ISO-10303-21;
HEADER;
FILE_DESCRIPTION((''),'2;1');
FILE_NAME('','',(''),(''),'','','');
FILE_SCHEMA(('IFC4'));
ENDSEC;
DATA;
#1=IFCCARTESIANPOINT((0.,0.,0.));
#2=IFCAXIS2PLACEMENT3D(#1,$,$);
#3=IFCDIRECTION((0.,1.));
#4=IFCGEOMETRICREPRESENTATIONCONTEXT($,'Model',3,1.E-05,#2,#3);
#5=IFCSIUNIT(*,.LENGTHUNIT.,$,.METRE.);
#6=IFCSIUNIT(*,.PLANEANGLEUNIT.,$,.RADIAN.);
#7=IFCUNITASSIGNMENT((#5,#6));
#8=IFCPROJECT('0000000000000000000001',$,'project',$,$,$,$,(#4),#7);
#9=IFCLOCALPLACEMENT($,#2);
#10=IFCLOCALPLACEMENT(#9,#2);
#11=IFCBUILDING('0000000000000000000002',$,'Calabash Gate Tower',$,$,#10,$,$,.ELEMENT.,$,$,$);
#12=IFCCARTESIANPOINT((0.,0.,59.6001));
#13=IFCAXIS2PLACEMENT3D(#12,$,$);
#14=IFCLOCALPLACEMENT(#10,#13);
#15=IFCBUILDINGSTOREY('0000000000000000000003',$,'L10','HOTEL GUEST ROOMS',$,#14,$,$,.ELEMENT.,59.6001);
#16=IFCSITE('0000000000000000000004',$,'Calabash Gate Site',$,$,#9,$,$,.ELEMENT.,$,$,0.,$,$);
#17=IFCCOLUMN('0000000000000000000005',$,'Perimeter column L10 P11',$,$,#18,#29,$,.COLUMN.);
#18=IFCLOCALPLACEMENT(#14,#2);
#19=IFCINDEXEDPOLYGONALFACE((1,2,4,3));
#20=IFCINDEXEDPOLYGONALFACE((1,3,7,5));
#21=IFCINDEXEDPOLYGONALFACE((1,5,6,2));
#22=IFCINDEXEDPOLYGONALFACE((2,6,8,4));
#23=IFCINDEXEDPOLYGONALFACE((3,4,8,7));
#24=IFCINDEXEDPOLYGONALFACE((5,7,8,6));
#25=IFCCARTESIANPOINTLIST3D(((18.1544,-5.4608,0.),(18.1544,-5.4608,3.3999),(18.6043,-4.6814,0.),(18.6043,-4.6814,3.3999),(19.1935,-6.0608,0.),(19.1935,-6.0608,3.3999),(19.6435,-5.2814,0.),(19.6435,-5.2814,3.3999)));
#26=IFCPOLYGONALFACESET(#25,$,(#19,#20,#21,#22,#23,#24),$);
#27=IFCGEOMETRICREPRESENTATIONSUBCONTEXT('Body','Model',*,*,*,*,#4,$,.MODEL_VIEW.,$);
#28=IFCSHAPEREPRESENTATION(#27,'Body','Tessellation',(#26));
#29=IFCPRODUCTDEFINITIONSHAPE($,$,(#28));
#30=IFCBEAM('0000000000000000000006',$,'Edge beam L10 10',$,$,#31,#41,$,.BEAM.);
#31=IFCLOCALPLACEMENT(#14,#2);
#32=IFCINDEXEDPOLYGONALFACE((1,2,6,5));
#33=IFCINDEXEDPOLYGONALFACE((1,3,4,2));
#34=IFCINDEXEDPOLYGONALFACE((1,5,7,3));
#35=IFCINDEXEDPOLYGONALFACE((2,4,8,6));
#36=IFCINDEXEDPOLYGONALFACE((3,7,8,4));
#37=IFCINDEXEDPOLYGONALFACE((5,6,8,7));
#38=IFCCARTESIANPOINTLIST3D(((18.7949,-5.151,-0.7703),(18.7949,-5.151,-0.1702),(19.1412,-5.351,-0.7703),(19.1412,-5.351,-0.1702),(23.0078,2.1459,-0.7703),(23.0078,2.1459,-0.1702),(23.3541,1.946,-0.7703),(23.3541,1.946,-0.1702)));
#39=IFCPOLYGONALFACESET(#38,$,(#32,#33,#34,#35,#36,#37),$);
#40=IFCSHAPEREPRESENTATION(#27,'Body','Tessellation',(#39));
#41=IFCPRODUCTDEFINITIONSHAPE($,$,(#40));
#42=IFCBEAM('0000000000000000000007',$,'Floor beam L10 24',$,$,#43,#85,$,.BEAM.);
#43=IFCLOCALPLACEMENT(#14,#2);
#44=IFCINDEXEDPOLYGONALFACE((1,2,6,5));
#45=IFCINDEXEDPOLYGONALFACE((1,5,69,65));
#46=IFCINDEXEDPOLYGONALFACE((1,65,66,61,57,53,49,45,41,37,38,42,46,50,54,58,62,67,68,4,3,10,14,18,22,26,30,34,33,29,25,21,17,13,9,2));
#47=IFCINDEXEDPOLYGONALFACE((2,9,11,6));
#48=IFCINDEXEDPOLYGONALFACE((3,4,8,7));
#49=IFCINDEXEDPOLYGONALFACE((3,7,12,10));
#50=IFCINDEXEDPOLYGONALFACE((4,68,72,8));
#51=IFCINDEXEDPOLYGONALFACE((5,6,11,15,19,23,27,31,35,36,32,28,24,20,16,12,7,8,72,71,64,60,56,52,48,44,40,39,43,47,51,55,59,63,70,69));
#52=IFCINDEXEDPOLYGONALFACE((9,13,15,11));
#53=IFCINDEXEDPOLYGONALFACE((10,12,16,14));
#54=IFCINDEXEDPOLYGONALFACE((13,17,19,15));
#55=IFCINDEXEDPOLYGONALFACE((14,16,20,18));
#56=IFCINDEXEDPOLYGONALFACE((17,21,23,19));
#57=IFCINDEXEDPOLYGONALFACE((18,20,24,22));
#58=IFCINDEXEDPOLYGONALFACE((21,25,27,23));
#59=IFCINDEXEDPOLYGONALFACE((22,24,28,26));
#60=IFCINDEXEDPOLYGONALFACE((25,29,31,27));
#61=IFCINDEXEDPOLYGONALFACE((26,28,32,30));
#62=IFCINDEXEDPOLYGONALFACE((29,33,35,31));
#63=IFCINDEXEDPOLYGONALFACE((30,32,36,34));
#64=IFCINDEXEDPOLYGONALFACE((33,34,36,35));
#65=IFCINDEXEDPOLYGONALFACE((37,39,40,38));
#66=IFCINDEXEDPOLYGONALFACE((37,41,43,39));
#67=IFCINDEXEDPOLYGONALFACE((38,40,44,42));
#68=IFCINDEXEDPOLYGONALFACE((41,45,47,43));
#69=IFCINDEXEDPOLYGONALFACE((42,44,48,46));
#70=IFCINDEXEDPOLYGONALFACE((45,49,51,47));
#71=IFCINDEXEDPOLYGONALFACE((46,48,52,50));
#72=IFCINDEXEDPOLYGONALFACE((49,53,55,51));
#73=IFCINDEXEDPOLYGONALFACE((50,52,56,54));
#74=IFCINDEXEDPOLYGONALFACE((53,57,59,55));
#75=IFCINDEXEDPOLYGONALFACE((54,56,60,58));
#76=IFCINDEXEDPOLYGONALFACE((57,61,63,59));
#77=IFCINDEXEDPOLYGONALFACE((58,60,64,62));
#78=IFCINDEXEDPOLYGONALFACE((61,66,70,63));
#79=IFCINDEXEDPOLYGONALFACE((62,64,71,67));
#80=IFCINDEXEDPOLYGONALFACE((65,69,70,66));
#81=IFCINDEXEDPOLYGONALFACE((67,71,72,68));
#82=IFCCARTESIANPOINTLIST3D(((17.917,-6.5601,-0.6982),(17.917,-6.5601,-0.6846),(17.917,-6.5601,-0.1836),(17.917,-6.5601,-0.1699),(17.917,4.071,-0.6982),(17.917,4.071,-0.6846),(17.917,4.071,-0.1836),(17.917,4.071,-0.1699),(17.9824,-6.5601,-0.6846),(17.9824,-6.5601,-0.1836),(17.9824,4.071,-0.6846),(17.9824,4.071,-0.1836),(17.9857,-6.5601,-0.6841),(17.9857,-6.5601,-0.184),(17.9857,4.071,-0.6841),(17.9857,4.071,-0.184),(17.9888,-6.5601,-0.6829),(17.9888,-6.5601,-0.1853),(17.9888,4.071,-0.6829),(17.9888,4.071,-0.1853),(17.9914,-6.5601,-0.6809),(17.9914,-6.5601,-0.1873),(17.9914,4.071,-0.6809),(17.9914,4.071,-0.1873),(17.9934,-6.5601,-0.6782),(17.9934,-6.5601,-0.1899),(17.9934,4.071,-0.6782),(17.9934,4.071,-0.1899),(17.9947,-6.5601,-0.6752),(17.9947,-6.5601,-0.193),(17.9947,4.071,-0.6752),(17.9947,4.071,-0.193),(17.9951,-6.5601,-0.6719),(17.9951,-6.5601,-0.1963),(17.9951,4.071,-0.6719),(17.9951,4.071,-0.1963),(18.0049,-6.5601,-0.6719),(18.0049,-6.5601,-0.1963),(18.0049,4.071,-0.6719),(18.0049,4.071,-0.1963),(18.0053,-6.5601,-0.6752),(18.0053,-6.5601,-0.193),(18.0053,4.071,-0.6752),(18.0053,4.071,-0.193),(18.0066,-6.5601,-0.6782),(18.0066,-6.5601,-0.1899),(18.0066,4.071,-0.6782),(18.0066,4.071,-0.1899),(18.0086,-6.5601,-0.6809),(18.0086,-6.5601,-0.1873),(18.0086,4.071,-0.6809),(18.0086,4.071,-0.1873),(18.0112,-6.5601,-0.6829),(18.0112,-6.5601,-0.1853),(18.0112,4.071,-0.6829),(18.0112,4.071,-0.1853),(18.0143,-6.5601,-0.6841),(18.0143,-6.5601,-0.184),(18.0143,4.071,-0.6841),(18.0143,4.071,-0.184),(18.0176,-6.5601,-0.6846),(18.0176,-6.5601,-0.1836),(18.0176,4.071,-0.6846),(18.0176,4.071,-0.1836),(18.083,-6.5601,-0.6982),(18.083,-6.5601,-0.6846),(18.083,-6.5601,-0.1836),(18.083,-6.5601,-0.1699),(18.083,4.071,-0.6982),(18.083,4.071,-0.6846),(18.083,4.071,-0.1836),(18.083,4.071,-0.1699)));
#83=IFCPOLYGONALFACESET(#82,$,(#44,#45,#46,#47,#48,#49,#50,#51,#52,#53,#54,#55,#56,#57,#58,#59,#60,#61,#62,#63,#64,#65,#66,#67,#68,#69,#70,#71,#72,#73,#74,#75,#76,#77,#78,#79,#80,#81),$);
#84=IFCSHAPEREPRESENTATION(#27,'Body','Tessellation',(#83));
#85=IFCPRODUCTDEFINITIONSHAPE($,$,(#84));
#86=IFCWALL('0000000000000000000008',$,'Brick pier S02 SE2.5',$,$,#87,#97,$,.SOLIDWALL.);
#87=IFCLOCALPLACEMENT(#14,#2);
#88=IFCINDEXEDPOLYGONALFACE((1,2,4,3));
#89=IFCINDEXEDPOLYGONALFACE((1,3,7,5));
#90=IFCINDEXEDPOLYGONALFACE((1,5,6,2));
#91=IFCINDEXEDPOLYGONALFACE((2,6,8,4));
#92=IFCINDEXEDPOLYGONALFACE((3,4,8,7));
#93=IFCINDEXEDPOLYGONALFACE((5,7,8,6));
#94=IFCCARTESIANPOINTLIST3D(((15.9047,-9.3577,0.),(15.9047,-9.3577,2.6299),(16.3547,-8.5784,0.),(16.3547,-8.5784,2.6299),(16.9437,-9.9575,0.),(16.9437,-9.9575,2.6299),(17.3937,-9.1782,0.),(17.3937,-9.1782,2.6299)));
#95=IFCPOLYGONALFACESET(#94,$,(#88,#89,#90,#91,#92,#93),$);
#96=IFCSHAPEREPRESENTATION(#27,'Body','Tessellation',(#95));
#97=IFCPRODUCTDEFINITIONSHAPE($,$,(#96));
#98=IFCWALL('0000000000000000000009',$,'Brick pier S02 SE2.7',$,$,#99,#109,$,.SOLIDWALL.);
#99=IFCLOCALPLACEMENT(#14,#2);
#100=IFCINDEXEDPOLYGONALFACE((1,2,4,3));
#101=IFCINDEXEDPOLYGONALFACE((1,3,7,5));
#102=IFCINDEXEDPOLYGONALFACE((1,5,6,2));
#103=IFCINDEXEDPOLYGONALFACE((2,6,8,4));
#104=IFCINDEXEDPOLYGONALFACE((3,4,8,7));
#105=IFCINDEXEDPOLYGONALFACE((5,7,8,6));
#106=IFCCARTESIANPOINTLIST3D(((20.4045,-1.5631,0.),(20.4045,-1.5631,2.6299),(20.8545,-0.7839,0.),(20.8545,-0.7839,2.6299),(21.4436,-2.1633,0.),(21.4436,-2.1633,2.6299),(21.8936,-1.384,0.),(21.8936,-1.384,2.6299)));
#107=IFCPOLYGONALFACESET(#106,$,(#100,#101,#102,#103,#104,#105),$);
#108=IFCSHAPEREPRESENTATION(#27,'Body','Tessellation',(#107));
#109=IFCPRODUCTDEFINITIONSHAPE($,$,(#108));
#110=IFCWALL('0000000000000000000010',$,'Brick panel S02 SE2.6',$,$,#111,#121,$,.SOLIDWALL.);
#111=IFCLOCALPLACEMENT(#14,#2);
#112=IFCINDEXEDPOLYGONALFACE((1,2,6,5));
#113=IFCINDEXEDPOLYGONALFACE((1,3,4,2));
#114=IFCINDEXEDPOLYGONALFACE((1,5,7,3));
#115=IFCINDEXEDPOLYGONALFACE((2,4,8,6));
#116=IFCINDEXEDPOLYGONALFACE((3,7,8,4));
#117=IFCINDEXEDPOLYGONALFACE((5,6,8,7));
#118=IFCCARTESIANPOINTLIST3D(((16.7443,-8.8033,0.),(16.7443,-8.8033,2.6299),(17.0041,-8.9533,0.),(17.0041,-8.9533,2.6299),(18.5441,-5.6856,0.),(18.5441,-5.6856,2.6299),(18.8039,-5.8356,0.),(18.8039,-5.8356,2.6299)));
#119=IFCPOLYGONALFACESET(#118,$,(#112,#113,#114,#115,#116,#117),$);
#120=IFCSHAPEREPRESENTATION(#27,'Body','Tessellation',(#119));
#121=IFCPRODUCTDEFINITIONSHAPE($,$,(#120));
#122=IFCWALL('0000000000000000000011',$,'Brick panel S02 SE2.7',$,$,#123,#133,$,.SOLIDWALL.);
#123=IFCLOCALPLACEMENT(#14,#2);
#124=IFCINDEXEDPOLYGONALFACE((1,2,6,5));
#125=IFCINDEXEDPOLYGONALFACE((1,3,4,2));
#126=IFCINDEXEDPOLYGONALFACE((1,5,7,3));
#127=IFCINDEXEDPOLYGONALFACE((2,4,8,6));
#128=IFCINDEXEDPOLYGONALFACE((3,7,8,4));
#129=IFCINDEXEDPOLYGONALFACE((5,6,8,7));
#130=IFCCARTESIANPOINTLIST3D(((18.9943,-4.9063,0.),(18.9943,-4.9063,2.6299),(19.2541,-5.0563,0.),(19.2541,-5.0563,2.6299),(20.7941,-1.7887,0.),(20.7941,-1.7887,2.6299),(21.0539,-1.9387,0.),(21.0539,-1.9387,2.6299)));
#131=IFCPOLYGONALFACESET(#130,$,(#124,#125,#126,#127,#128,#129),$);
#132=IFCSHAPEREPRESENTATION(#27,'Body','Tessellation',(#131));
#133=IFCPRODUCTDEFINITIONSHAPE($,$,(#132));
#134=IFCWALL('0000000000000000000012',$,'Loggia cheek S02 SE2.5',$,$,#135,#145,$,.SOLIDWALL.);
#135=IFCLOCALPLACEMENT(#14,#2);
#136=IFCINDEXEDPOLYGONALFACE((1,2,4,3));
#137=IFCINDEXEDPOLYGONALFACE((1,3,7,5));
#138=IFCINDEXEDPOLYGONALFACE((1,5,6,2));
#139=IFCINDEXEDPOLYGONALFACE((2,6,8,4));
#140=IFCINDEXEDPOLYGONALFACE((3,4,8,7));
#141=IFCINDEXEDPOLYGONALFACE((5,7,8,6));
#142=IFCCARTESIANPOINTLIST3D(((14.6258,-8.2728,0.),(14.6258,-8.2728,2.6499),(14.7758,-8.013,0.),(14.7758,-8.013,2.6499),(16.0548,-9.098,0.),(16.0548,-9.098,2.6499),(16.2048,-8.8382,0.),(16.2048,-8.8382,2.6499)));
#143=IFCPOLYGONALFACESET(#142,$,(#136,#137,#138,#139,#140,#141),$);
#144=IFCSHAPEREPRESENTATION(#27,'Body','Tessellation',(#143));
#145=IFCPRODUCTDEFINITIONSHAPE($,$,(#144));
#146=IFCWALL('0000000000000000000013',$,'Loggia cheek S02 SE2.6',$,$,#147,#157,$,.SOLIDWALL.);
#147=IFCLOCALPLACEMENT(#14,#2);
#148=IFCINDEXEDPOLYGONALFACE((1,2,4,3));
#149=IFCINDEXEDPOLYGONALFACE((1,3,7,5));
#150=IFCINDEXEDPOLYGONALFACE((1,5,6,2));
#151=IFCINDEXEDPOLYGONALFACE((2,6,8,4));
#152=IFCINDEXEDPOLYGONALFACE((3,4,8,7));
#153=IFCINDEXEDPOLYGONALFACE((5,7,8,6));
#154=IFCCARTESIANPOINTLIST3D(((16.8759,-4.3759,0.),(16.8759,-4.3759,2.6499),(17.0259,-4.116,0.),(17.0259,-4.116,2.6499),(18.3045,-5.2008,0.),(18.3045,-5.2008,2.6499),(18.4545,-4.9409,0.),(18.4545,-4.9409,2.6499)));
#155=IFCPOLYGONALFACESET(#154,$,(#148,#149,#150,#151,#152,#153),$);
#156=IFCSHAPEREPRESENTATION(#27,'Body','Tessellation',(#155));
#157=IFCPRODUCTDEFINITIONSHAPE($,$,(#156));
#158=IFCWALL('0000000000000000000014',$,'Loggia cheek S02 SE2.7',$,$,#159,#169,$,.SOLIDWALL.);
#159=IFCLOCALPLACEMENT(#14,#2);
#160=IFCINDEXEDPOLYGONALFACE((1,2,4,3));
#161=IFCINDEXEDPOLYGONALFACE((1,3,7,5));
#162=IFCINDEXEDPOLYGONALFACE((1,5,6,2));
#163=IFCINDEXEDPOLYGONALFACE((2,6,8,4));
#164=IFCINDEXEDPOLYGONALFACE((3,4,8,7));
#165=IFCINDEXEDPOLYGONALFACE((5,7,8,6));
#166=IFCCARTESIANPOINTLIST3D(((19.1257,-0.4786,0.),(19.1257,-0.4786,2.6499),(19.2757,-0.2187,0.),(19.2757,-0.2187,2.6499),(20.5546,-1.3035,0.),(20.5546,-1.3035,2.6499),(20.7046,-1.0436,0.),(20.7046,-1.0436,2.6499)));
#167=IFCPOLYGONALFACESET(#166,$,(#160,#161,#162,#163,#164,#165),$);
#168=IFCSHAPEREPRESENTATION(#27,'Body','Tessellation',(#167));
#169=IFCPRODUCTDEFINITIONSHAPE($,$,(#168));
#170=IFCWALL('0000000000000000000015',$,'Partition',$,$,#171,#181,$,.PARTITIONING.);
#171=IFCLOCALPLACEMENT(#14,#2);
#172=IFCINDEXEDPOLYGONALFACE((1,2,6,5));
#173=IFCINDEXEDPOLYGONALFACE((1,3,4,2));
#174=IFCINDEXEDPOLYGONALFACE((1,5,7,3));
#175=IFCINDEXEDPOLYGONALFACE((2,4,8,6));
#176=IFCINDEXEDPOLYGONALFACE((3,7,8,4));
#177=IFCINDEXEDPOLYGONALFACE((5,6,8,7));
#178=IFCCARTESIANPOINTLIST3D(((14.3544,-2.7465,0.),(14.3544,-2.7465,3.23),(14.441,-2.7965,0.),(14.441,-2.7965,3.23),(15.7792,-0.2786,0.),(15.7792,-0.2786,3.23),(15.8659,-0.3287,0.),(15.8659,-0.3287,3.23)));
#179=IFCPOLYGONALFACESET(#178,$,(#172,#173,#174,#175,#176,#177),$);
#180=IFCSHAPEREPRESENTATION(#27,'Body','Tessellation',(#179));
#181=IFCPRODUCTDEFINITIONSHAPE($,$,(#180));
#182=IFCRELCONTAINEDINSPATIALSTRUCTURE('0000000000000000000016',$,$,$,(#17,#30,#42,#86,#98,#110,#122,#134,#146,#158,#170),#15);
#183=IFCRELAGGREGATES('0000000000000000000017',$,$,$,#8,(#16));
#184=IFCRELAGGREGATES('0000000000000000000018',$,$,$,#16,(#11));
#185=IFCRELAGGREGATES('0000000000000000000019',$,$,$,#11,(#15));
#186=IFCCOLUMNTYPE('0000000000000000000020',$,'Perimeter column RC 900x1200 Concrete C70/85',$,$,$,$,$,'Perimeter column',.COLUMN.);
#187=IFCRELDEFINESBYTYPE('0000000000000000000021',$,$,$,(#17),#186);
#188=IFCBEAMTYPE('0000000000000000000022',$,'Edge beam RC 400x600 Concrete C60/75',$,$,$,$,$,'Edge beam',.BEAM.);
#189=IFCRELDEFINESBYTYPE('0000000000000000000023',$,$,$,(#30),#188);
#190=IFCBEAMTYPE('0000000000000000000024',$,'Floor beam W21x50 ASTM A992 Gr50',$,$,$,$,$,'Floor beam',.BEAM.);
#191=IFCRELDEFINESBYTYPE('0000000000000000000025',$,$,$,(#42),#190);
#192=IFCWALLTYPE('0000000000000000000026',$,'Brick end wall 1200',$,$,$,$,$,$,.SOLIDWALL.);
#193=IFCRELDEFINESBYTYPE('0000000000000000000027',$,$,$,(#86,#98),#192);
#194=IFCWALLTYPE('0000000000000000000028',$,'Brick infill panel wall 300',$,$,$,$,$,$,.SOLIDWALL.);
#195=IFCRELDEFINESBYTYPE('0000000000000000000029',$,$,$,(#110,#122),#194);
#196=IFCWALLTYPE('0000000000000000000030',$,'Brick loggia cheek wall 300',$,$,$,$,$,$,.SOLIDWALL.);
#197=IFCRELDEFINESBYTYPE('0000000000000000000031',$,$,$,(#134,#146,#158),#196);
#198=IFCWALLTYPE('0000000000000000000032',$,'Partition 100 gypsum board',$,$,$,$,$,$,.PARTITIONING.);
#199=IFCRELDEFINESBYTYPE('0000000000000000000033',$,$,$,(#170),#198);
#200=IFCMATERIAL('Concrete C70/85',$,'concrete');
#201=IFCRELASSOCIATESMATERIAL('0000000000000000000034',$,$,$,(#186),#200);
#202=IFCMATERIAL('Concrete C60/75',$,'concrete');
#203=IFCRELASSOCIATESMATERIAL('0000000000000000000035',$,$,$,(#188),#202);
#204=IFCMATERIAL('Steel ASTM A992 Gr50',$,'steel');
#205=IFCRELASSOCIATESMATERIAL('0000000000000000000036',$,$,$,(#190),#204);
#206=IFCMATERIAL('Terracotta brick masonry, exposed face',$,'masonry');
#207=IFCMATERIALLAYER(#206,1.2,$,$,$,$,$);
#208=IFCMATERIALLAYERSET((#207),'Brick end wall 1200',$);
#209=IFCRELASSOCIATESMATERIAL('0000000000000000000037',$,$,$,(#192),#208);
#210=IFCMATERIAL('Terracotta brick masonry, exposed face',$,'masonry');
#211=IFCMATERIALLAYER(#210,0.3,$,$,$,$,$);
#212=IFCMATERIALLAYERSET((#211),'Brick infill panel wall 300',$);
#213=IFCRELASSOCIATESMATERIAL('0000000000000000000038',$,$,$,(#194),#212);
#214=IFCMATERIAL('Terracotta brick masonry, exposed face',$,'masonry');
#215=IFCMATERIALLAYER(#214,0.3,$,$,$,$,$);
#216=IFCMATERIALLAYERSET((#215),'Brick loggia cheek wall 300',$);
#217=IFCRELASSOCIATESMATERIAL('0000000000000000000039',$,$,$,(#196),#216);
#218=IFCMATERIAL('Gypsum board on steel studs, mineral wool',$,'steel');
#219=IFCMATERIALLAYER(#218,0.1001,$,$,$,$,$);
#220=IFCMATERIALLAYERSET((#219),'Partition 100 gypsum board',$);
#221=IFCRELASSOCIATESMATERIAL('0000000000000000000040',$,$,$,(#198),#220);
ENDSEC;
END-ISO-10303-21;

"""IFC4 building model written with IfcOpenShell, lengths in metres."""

from ifc_helpers import new_model, si_unit, direction, frame, frame_2d, origin, origin_2d, place, context, subcontext, project, spatial, rectangle, i_section, extrude, material, layer, layer_set, material_profile, profile_set, type_object, element, save


model = new_model("IFC4")

# Units and contexts
model_context = context("Model", 3, precision=1e-05, world=origin(), true_north=direction((0.0, 1.0)))
body_context = subcontext(model_context, "Body", "Model", "MODEL_VIEW")
ifc_project = project(units=[si_unit("LENGTHUNIT", "METRE"), si_unit("PLANEANGLEUNIT", "RADIAN")], contexts=[model_context])

# Site, building, storey
site_placement = place(None, origin())
site = spatial("IfcSite", under=ifc_project, at=site_placement, Name="Calabash Gate Site", CompositionType="ELEMENT", RefElevation=0.0)
building_placement = place(site_placement, origin())
building = spatial("IfcBuilding", under=site, at=building_placement, Name="Calabash Gate Tower", CompositionType="ELEMENT")
storey_placement = place(building_placement, frame((0.0, 0.0, 59.6001)))
storey = spatial("IfcBuildingStorey", under=building, at=storey_placement, Name="L10", Description="HOTEL GUEST ROOMS", CompositionType="ELEMENT", Elevation=59.6001)

# Column
ifc_material_1 = material(Name="Concrete C70/85", Category="concrete")
ifc_material_profile_1 = material_profile(ifc_material_1, rectangle(XDim=0.8999, YDim=1.2, at=origin_2d()))
ifc_profile_set_1 = profile_set([ifc_material_profile_1], Name="Concrete C70/85")
column_type = type_object("IfcColumnType", Name="Perimeter column RC 900x1200 Concrete C70/85", ElementType="Perimeter column", PredefinedType="COLUMN", material=ifc_profile_set_1)
column_placement = place(storey_placement, frame((18.8989, -5.3711, 0.0), z_axis=(0.0, 0.0, 1.0), x_axis=(0.5, 0.866025, 0.0)))
element("IfcColumn", 1, at=column_placement, inside=storey, type_object=column_type, Name="Perimeter column L10 P11", PredefinedType="COLUMN", context=body_context, shape_type="SweptSolid", body=[
    extrude(rectangle(XDim=0.8999, YDim=1.2, at=origin_2d()), origin(), (0.0, 0.0, 1.0), 3.3999),
])

# Beams
ifc_material_2 = material(Name="Concrete C60/75", Category="concrete")
ifc_material_profile_2 = material_profile(ifc_material_2, rectangle(XDim=0.3999, YDim=0.6001, at=origin_2d()))
ifc_profile_set_2 = profile_set([ifc_material_profile_2], Name="Concrete C60/75")
beam_type_1 = type_object("IfcBeamType", Name="Edge beam RC 400x600 Concrete C60/75", ElementType="Edge beam", PredefinedType="BEAM", material=ifc_profile_set_2)
beam_1_placement = place(storey_placement, frame((18.968, -5.251, -0.4702), z_axis=(0.500003, 0.866023, 0.0), x_axis=(-0.866023, 0.500003, 0.0)))
element("IfcBeam", 2, at=beam_1_placement, inside=storey, type_object=beam_type_1, Name="Edge beam L10 10", PredefinedType="BEAM", context=body_context, shape_type="SweptSolid", body=[
    extrude(rectangle(XDim=0.3999, YDim=0.6001, at=origin_2d()), origin(), (0.0, 0.0, 1.0), 8.4258),
])
ifc_material_3 = material(Name="Steel ASTM A992 Gr50", Category="steel")
ifc_material_profile_3 = material_profile(ifc_material_3, i_section(OverallWidth=0.166, OverallDepth=0.5283, WebThickness=0.0098, FlangeThickness=0.0137, FilletRadius=0.0127, at=origin_2d()))
ifc_profile_set_3 = profile_set([ifc_material_profile_3], Name="Steel ASTM A992 Gr50")
beam_type_2 = type_object("IfcBeamType", Name="Floor beam W21x50 ASTM A992 Gr50", ElementType="Floor beam", PredefinedType="BEAM", material=ifc_profile_set_3)
beam_2_placement = place(storey_placement, frame((18.0, -6.5601, -0.4341), z_axis=(0.0, 1.0, 0.0), x_axis=(-1.0, 0.0, 0.0)))
element("IfcBeam", 3, at=beam_2_placement, inside=storey, type_object=beam_type_2, Name="Floor beam L10 24", PredefinedType="BEAM", context=body_context, shape_type="SweptSolid", body=[
    extrude(i_section(OverallWidth=0.166, OverallDepth=0.5283, WebThickness=0.0098, FlangeThickness=0.0137, FilletRadius=0.0127, at=origin_2d()), origin(), (0.0, 0.0, 1.0), 10.6311),
])

# Walls
ifc_material_4 = material(Name="Terracotta brick masonry, exposed face", Category="masonry")
ifc_layer_1 = layer(ifc_material_4, 1.2)
ifc_layer_set_1 = layer_set([ifc_layer_1], Name="Brick end wall 1200")
wall_type_1 = type_object("IfcWallType", Name="Brick end wall 1200", PredefinedType="SOLIDWALL", material=ifc_layer_set_1)
wall_1_placement = place(storey_placement, frame((17.1687, -9.5679, 0.0), z_axis=(0.0, 0.0, 1.0), x_axis=(-0.866043, 0.499969, 0.0)))
element("IfcWall", 4, at=wall_1_placement, inside=storey, type_object=wall_type_1, Name="Brick pier S02 SE2.5", PredefinedType="SOLIDWALL", context=body_context, shape_type="SweptSolid", body=[
    extrude(rectangle(XDim=1.1997, YDim=0.8999, at=frame_2d((0.5999, 0.0))), origin(), (0.0, 0.0, 1.0), 2.6299),
])
wall_2_placement = place(storey_placement, frame((21.6687, -1.7737, 0.0), z_axis=(0.0, 0.0, 1.0), x_axis=(-0.865955, 0.500122, 0.0)))
element("IfcWall", 5, at=wall_2_placement, inside=storey, type_object=wall_type_1, Name="Brick pier S02 SE2.7", PredefinedType="SOLIDWALL", context=body_context, shape_type="SweptSolid", body=[
    extrude(rectangle(XDim=1.2, YDim=0.8999, at=frame_2d((0.6001, 0.0))), origin(), (0.0, 0.0, 1.0), 2.6299),
])
ifc_material_5 = material(Name="Terracotta brick masonry, exposed face", Category="masonry")
ifc_layer_2 = layer(ifc_material_5, 0.3)
ifc_layer_set_2 = layer_set([ifc_layer_2], Name="Brick infill panel wall 300")
wall_type_2 = type_object("IfcWallType", Name="Brick infill panel wall 300", PredefinedType="SOLIDWALL", material=ifc_layer_set_2)
for number, where, z_axis, x_axis, name in (
    (6, (16.8743, -8.8782, 0.0), (0.0, 0.0, 1.0), (0.499961, 0.866048, 0.0), "Brick panel S02 SE2.6"),
    (7, (19.1243, -4.9812, 0.0), (0.0, 0.0, 1.0), (0.499961, 0.866048, 0.0), "Brick panel S02 SE2.7"),
):
    element("IfcWall", number, at=place(storey_placement, frame(where, z_axis=z_axis, x_axis=x_axis)), inside=storey, type_object=wall_type_2, Name=name, PredefinedType="SOLIDWALL", context=body_context, shape_type="SweptSolid", body=[
        extrude(rectangle(XDim=3.5999, YDim=0.3, at=frame_2d((1.7998, 0.0))), origin(), (0.0, 0.0, 1.0), 2.6299),
    ])
ifc_material_6 = material(Name="Terracotta brick masonry, exposed face", Category="masonry")
ifc_layer_3 = layer(ifc_material_6, 0.3)
ifc_layer_set_3 = layer_set([ifc_layer_3], Name="Brick loggia cheek wall 300")
wall_type_3 = type_object("IfcWallType", Name="Brick loggia cheek wall 300", PredefinedType="SOLIDWALL", material=ifc_layer_set_3)
wall_3_placement = place(storey_placement, frame((14.7007, -8.1428, 0.0), z_axis=(0.0, 0.0, 1.0), x_axis=(0.865976, -0.500085, 0.0)))
element("IfcWall", 8, at=wall_3_placement, inside=storey, type_object=wall_type_3, Name="Loggia cheek S02 SE2.5", PredefinedType="SOLIDWALL", context=body_context, shape_type="SweptSolid", body=[
    extrude(rectangle(XDim=1.6501, YDim=0.3, at=frame_2d((0.8252, 0.0))), origin(), (0.0, 0.0, 1.0), 2.6499),
])
wall_4_placement = place(storey_placement, frame((18.3794, -5.0708, 0.0), z_axis=(0.0, 0.0, 1.0), x_axis=(-0.866003, 0.500038, 0.0)))
element("IfcWall", 9, at=wall_4_placement, inside=storey, type_object=wall_type_3, Name="Loggia cheek S02 SE2.6", PredefinedType="SOLIDWALL", context=body_context, shape_type="SweptSolid", body=[
    extrude(rectangle(XDim=1.6497, YDim=0.3, at=frame_2d((0.8247, 0.0))), origin(), (0.0, 0.0, 1.0), 2.6499),
])
wall_5_placement = place(storey_placement, frame((19.2007, -0.3486, 0.0), z_axis=(0.0, 0.0, 1.0), x_axis=(0.86604, -0.499974, 0.0)))
element("IfcWall", 10, at=wall_5_placement, inside=storey, type_object=wall_type_3, Name="Loggia cheek S02 SE2.7", PredefinedType="SOLIDWALL", context=body_context, shape_type="SweptSolid", body=[
    extrude(rectangle(XDim=1.6499, YDim=0.3, at=frame_2d((0.825, 0.0))), origin(), (0.0, 0.0, 1.0), 2.6499),
])
ifc_material_7 = material(Name="Gypsum board on steel studs, mineral wool", Category="steel")
ifc_layer_4 = layer(ifc_material_7, 0.1001)
ifc_layer_set_4 = layer_set([ifc_layer_4], Name="Partition 100 gypsum board")
wall_type_4 = type_object("IfcWallType", Name="Partition 100 gypsum board", PredefinedType="PARTITIONING", material=ifc_layer_set_4)
wall_6_placement = place(storey_placement, frame((14.3977, -2.7715, 0.0), z_axis=(0.0, 0.0, 1.0), x_axis=(0.500009, 0.86602, 0.0)))
element("IfcWall", 11, at=wall_6_placement, inside=storey, type_object=wall_type_4, Name="Partition", PredefinedType="PARTITIONING", context=body_context, shape_type="SweptSolid", body=[
    extrude(rectangle(XDim=2.8496, YDim=0.1001, at=frame_2d((1.4248, 0.0))), origin(), (0.0, 0.0, 1.0), 3.23),
])

save(model, "model.ifc")
